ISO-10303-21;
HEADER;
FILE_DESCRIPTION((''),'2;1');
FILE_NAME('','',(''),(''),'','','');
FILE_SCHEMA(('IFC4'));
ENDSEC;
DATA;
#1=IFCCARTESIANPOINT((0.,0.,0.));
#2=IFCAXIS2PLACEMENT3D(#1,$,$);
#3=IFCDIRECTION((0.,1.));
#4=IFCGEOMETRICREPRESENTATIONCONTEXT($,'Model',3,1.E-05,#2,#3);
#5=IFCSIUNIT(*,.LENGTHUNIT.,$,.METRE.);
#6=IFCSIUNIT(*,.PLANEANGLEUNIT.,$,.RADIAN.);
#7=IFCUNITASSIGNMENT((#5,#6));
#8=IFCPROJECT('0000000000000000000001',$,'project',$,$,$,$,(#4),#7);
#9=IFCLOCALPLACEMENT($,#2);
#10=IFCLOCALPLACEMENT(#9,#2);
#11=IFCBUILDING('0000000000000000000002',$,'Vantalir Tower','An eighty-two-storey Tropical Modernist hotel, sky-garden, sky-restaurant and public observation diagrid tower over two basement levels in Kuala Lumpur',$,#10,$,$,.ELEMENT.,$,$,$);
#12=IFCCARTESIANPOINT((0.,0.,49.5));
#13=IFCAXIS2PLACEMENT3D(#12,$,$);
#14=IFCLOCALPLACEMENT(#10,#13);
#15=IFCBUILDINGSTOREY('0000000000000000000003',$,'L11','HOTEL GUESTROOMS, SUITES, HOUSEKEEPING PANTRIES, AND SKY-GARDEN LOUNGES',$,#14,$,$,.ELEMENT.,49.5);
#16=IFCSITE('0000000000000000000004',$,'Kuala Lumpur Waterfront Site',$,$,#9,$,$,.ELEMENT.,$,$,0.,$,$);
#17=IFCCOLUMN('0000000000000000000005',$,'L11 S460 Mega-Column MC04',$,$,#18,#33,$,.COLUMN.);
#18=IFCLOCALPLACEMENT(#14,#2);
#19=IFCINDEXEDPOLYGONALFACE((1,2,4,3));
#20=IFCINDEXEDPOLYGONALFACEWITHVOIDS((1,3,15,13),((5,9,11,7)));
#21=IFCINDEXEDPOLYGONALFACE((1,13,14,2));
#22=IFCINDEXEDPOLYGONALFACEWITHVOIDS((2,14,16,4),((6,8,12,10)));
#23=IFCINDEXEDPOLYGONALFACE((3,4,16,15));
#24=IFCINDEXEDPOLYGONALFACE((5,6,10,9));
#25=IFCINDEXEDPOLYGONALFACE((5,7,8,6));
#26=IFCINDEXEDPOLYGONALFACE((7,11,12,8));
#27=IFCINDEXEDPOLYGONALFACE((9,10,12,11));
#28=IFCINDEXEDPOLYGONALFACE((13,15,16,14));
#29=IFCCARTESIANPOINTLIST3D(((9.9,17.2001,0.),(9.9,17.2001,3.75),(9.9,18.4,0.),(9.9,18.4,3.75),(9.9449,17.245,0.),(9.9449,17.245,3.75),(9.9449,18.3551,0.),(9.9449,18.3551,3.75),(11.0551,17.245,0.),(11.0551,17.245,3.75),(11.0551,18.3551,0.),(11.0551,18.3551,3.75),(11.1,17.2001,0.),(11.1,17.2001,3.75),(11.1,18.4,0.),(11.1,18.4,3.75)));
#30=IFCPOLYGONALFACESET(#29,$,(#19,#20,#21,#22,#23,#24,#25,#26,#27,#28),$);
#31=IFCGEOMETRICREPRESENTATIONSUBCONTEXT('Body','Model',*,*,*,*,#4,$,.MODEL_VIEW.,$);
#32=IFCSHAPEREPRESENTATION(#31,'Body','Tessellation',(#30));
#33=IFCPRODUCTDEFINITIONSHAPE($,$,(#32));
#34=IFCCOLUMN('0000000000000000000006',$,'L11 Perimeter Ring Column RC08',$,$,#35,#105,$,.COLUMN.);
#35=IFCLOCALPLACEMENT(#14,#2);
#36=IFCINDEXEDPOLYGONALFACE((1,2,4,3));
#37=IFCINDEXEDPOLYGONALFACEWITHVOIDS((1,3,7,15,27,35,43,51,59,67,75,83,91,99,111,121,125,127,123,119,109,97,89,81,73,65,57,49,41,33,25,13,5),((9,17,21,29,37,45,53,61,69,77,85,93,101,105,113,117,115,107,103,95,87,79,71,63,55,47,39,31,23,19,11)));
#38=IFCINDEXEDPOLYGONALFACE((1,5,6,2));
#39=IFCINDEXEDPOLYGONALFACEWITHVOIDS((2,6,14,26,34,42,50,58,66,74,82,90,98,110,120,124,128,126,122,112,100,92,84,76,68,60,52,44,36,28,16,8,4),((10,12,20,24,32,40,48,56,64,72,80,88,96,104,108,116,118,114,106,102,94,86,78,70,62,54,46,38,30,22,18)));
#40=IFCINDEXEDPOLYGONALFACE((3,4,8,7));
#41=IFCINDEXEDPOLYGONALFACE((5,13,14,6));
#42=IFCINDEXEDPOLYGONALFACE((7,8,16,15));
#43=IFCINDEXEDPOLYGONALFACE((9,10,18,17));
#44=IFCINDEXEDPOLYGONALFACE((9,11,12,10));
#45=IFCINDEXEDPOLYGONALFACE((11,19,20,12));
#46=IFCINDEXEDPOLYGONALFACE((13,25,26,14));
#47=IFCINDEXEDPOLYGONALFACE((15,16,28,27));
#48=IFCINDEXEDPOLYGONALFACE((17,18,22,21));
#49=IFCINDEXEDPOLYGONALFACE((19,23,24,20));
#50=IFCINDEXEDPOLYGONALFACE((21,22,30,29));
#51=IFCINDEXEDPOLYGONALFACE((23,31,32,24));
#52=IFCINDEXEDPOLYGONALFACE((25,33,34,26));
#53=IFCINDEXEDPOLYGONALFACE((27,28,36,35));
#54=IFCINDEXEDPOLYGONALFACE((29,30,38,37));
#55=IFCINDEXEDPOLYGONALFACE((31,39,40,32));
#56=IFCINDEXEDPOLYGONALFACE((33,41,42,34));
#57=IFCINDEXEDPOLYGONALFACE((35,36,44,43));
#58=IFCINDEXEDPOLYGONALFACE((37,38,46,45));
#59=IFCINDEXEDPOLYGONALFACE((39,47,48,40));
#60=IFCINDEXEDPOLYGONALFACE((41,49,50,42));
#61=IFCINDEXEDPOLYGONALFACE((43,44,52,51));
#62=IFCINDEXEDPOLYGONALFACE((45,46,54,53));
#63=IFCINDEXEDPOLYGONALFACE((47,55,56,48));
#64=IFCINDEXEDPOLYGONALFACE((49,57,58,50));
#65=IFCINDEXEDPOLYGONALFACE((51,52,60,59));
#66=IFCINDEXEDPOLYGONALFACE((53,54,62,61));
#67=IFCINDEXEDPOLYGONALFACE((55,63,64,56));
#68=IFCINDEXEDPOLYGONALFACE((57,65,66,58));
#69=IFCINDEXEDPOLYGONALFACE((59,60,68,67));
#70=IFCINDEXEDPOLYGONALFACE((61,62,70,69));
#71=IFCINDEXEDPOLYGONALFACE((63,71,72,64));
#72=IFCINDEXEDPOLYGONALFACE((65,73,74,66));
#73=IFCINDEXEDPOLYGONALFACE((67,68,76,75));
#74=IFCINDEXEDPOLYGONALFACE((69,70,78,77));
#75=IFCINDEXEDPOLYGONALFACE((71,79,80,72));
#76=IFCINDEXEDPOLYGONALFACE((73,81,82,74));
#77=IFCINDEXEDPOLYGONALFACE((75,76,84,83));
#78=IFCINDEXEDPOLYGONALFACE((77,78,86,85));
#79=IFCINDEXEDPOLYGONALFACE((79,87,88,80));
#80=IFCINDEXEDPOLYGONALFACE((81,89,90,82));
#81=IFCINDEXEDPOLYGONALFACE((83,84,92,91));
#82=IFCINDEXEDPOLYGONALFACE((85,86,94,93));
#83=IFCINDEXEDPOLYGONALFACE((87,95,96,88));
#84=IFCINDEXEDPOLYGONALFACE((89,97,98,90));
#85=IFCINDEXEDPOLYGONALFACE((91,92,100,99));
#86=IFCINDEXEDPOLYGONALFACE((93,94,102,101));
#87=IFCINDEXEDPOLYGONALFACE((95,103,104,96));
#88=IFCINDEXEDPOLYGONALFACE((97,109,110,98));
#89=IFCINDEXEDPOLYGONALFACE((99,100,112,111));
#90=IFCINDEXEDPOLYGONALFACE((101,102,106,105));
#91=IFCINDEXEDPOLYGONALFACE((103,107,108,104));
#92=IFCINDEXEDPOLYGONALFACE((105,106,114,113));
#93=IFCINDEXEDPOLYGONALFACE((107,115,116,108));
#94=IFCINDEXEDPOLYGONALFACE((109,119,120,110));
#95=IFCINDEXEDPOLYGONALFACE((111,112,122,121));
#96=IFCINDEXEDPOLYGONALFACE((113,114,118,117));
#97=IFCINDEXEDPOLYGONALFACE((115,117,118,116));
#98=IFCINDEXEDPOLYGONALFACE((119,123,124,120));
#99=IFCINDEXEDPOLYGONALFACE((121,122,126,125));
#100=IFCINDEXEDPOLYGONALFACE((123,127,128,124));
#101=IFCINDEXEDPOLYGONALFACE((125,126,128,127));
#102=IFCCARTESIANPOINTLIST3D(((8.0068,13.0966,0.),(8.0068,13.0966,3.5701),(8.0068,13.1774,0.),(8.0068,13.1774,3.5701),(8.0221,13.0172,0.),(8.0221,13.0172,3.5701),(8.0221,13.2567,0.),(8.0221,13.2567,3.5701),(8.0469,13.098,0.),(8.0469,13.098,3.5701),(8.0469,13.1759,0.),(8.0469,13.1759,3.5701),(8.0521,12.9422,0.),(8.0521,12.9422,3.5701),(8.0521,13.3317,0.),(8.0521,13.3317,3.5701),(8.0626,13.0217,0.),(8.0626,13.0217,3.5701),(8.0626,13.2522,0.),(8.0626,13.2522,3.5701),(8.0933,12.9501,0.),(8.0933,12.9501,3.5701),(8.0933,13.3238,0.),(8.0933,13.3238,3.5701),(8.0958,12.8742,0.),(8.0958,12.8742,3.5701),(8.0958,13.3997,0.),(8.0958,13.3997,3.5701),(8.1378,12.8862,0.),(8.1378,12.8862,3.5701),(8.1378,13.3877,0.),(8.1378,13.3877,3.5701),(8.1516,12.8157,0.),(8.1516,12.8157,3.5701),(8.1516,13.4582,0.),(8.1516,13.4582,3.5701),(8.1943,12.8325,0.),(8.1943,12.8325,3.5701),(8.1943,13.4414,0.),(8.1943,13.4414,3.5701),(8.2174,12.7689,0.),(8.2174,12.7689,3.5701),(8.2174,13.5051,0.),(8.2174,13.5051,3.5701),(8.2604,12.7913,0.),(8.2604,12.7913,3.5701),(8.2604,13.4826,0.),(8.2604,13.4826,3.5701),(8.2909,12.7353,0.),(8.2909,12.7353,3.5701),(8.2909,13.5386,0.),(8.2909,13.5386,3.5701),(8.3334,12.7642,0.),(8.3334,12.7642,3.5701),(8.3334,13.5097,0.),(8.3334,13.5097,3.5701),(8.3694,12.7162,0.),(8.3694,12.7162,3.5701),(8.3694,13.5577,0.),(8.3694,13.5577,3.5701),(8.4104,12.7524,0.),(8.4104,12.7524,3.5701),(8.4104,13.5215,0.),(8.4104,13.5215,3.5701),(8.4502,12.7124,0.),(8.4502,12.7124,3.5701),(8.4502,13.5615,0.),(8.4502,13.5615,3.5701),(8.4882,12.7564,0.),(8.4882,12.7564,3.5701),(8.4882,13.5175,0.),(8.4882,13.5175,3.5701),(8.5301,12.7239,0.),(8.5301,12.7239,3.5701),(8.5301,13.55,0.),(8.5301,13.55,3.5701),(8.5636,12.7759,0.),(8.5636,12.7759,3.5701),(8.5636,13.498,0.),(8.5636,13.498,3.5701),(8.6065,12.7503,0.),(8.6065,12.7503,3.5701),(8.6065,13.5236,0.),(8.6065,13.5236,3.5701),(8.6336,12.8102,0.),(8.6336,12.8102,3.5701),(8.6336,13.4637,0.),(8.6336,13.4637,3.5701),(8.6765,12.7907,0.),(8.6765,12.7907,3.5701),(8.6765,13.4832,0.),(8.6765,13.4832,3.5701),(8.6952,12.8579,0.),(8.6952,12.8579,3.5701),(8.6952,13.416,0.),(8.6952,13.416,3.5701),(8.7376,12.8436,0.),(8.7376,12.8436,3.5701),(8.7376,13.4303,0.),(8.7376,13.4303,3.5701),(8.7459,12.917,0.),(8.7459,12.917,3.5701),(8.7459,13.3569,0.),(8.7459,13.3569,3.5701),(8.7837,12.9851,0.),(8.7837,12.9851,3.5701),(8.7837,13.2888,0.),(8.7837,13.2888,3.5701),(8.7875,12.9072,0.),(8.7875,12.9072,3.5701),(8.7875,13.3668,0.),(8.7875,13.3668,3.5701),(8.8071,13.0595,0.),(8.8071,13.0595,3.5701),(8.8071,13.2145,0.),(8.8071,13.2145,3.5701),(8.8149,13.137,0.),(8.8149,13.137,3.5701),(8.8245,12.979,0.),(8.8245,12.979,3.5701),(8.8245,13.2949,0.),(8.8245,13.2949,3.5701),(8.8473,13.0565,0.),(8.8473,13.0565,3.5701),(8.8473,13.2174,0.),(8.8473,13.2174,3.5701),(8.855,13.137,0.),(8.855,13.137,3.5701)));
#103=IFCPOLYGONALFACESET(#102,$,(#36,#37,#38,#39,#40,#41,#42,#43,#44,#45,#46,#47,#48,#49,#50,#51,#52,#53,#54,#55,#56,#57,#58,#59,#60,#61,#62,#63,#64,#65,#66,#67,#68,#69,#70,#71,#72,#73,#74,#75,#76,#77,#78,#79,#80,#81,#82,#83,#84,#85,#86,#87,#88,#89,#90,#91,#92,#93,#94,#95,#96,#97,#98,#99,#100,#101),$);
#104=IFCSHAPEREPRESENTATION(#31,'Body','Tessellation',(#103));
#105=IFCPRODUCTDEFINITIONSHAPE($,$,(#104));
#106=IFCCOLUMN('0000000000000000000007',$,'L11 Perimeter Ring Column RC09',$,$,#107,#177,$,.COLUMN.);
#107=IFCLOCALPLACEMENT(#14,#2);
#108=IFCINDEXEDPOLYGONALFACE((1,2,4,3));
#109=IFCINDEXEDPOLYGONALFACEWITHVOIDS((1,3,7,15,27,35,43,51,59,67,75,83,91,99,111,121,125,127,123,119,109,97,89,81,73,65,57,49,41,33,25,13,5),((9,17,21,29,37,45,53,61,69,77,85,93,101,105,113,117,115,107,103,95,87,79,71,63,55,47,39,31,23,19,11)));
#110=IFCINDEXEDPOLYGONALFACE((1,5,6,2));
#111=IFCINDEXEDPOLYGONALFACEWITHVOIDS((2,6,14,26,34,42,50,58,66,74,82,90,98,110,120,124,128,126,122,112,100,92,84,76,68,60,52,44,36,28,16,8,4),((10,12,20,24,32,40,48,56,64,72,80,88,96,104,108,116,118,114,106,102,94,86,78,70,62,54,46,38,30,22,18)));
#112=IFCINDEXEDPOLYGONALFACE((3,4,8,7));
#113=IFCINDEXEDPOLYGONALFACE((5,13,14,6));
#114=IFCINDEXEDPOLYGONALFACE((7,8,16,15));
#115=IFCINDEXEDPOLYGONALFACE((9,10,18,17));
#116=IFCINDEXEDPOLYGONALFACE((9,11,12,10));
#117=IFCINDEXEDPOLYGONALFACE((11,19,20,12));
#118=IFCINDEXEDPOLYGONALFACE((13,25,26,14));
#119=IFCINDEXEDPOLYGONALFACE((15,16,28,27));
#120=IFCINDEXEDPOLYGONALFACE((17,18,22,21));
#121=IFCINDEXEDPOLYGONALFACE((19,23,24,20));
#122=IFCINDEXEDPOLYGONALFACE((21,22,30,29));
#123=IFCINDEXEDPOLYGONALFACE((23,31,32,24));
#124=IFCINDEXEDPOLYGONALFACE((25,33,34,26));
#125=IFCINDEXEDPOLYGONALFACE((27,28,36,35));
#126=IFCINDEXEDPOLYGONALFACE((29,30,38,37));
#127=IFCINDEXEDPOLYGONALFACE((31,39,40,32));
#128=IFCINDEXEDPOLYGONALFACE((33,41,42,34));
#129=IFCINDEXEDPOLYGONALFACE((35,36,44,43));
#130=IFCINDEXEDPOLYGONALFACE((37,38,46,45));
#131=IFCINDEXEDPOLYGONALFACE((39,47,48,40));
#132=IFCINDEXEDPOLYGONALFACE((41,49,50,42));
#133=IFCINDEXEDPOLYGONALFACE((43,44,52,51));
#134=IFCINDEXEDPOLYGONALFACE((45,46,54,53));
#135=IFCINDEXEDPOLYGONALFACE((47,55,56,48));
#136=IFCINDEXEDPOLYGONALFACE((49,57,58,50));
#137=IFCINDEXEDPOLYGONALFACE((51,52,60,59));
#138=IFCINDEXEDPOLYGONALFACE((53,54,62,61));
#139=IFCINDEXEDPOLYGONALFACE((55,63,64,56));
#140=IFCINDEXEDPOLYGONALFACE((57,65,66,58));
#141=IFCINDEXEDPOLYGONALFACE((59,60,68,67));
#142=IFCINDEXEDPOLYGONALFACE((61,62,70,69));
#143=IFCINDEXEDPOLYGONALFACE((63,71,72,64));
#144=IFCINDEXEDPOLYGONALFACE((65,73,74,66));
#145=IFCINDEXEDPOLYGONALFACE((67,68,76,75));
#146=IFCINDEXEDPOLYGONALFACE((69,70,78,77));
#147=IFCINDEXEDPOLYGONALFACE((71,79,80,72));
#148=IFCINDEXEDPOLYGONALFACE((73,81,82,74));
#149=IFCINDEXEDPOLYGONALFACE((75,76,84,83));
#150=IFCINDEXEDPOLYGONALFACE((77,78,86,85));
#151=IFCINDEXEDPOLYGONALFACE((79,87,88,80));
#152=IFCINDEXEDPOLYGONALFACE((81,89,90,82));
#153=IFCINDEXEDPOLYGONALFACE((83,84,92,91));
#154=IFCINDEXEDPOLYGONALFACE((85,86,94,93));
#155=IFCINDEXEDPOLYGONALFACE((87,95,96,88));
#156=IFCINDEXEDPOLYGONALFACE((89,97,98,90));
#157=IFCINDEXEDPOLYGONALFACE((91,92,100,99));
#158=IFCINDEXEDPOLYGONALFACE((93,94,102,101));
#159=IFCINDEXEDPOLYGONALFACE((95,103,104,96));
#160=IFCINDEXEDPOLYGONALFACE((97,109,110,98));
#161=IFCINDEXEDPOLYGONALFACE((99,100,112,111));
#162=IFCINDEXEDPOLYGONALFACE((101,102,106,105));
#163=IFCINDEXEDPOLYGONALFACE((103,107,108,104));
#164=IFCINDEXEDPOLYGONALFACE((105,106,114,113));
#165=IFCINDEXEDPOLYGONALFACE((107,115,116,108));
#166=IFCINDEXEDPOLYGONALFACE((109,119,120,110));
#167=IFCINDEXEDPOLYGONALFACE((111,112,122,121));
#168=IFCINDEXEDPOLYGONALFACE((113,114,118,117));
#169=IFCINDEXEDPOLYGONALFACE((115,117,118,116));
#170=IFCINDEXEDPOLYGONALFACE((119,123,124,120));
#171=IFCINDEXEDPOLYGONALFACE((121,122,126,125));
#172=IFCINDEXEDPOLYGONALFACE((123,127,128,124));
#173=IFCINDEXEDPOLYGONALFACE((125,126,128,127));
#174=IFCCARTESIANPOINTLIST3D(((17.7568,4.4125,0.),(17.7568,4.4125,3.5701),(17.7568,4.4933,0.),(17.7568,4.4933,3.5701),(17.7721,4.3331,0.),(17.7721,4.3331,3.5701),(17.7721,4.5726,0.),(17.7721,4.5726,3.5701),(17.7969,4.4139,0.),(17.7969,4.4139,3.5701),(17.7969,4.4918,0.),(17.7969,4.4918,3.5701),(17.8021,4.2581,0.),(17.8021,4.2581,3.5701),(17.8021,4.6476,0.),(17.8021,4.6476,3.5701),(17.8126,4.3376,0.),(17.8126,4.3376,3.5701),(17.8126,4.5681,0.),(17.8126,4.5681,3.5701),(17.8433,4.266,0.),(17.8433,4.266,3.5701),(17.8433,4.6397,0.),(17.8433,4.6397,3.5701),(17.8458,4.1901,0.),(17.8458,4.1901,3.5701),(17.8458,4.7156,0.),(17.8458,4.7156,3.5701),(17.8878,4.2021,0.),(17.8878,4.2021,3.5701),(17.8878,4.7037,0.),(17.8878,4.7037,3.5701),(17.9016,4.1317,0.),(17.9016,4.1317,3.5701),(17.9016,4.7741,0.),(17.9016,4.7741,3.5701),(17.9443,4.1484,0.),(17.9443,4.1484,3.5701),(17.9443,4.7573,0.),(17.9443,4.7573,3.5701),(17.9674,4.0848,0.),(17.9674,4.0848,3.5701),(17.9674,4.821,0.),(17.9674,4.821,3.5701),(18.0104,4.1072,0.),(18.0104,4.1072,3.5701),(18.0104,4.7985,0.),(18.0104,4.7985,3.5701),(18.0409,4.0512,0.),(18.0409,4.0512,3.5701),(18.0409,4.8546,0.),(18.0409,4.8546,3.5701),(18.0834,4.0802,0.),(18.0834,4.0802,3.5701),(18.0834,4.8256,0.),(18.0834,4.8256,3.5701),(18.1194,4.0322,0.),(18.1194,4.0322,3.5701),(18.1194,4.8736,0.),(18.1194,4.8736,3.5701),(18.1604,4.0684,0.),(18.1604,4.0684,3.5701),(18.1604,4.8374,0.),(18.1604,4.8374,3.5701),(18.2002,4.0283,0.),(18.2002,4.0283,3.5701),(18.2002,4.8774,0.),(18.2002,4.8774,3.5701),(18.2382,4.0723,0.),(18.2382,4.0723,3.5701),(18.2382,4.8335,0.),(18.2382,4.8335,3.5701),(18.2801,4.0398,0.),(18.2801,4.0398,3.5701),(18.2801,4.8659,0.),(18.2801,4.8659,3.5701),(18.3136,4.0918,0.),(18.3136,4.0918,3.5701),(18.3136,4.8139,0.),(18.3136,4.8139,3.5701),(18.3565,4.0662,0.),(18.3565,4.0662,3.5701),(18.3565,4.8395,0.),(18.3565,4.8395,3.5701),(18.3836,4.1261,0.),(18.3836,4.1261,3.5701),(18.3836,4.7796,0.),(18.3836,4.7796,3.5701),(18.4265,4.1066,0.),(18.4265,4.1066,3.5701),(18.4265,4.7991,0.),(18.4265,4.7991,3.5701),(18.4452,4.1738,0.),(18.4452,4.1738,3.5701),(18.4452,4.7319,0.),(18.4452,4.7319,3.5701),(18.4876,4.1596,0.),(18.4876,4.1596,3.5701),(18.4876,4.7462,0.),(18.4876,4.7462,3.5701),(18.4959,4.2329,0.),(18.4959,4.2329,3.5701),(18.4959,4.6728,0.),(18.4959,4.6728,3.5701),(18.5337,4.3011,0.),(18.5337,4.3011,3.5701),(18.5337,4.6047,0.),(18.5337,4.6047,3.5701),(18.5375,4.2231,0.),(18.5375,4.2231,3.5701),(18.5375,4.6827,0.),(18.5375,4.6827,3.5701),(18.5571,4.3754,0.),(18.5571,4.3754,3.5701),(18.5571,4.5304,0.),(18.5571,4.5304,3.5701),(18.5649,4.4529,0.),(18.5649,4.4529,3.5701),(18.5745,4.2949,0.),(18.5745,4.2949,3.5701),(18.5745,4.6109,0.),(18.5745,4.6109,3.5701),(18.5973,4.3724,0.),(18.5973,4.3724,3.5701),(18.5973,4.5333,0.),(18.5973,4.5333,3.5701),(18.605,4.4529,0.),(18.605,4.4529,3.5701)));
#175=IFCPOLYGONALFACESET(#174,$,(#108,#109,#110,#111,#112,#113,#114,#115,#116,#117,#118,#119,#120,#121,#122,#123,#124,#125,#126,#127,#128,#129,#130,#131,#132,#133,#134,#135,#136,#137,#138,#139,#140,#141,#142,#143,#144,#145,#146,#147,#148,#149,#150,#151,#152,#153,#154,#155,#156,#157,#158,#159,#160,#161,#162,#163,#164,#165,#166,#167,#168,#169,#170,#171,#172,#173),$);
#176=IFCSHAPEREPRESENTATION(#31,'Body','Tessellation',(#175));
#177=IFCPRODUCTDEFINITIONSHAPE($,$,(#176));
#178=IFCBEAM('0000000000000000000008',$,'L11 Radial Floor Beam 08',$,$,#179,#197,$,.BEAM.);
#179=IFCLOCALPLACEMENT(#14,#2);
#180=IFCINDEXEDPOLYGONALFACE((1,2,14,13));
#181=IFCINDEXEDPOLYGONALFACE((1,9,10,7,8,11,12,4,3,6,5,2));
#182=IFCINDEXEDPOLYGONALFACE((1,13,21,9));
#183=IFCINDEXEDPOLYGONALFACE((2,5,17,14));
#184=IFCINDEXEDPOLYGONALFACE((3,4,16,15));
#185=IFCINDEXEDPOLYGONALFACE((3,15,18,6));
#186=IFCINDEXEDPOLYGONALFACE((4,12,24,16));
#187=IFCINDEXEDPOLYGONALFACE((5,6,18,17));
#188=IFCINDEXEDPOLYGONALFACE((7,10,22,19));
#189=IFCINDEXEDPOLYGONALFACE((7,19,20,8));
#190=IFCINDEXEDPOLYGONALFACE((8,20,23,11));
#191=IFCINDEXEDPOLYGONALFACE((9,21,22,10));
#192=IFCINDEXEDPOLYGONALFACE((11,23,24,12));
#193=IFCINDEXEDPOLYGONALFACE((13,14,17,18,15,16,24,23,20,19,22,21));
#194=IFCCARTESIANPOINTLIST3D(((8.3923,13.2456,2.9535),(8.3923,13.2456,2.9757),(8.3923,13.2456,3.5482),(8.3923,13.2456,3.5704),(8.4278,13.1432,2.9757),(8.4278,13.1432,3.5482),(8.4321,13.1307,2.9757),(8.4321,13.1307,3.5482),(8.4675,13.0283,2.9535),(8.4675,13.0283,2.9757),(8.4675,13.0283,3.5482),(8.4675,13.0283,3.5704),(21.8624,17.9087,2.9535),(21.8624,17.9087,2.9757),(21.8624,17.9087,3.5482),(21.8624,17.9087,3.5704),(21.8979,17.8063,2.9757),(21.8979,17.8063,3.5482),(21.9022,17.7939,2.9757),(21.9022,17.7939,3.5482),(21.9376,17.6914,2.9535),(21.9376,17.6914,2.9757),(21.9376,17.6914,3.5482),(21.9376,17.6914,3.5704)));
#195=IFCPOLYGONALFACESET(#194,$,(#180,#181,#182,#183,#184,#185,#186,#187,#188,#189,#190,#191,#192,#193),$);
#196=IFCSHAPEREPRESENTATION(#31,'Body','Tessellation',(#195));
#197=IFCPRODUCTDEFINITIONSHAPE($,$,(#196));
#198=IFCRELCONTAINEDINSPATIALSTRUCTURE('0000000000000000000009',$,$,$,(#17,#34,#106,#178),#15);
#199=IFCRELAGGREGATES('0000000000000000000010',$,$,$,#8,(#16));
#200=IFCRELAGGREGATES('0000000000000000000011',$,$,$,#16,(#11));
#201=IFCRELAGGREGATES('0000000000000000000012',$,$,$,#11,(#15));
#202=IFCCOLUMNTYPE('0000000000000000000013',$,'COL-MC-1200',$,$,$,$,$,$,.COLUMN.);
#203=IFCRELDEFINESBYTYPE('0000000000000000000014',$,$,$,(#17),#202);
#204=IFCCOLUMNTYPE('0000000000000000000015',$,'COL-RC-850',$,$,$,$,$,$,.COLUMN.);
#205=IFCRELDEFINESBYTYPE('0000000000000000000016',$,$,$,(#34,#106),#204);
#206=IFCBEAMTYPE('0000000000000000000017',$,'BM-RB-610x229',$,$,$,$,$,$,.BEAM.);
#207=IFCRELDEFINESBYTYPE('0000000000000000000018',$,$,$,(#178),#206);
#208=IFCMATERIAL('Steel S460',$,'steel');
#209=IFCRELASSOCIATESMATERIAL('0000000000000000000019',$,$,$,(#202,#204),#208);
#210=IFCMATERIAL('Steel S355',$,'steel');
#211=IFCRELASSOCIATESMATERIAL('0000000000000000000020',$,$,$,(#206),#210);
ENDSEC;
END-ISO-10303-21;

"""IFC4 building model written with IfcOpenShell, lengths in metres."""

from ifc_helpers import new_model, si_unit, direction, frame, origin, origin_2d, place, context, subcontext, project, spatial, hollow_rectangle, hollow_circle, i_section, extrude, material, material_profile, profile_set, type_object, element, save


model = new_model("IFC4")

# Units and contexts
model_context = context("Model", 3, precision=1e-05, world=origin(), true_north=direction((0.0, 1.0)))
body_context = subcontext(model_context, "Body", "Model", "MODEL_VIEW")
ifc_project = project(units=[si_unit("LENGTHUNIT", "METRE"), si_unit("PLANEANGLEUNIT", "RADIAN")], contexts=[model_context])

# Site, building, storey
site_placement = place(None, origin())
site = spatial("IfcSite", under=ifc_project, at=site_placement, Name="Kuala Lumpur Waterfront Site", CompositionType="ELEMENT", RefElevation=0.0)
building_placement = place(site_placement, origin())
building = spatial("IfcBuilding", under=site, at=building_placement, Name="Vantalir Tower", Description="An eighty-two-storey Tropical Modernist hotel, sky-garden, sky-restaurant and public observation diagrid tower over two basement levels in Kuala Lumpur", CompositionType="ELEMENT")
storey_placement = place(building_placement, frame((0.0, 0.0, 49.5)))
storey = spatial("IfcBuildingStorey", under=building, at=storey_placement, Name="L11", Description="HOTEL GUESTROOMS, SUITES, HOUSEKEEPING PANTRIES, AND SKY-GARDEN LOUNGES", CompositionType="ELEMENT", Elevation=49.5)

# Columns
ifc_material_1 = material(Name="Steel S460", Category="steel")
ifc_material_profile_1 = material_profile(ifc_material_1, hollow_rectangle(XDim=1.2, YDim=1.2, WallThickness=0.0449, at=origin_2d()), Name="Steel S460")
ifc_profile_set_1 = profile_set([ifc_material_profile_1], Name="Steel S460")
column_type_1 = type_object("IfcColumnType", Name="COL-MC-1200", PredefinedType="COLUMN", material=ifc_profile_set_1)
column_placement = place(storey_placement, frame((10.5, 17.8, 0.0), z_axis=(0.0, 0.0, 1.0), x_axis=(1.0, 0.0, 0.0)))
element("IfcColumn", 1, at=column_placement, inside=storey, type_object=column_type_1, Name="L11 S460 Mega-Column MC04", PredefinedType="COLUMN", context=body_context, shape_type="SweptSolid", body=[
    extrude(hollow_rectangle(XDim=1.2, YDim=1.2, WallThickness=0.0449, at=origin_2d()), origin(), (0.0, 0.0, 1.0), 3.75),
])
ifc_material_profile_2 = material_profile(ifc_material_1, hollow_circle(Radius=0.425, WallThickness=0.04, at=origin_2d()), Name="Steel S460")
ifc_profile_set_2 = profile_set([ifc_material_profile_2], Name="Steel S460")
column_type_2 = type_object("IfcColumnType", Name="COL-RC-850", PredefinedType="COLUMN", material=ifc_profile_set_2)
for number, where, z_axis, x_axis, name in (
    (2, (8.4299, 13.137, 0.0), (0.0, 0.0, 1.0), (1.0, 0.0, 0.0), "L11 Perimeter Ring Column RC08"),
    (3, (18.1799, 4.4529, 0.0), (0.0, 0.0, 1.0), (1.0, 0.0, 0.0), "L11 Perimeter Ring Column RC09"),
):
    element("IfcColumn", number, at=place(storey_placement, frame(where, z_axis=z_axis, x_axis=x_axis)), inside=storey, type_object=column_type_2, Name=name, PredefinedType="COLUMN", context=body_context, shape_type="SweptSolid", body=[
        extrude(hollow_circle(Radius=0.425, WallThickness=0.04, at=origin_2d()), origin(), (0.0, 0.0, 1.0), 3.5701),
    ])

# Beam
ifc_material_2 = material(Name="Steel S355", Category="steel")
ifc_material_profile_3 = material_profile(ifc_material_2, i_section(OverallWidth=0.23, OverallDepth=0.6169, WebThickness=0.0132, FlangeThickness=0.0222, at=origin_2d()), Name="Steel S355")
ifc_profile_set_3 = profile_set([ifc_material_profile_3], Name="Steel S355")
beam_type_1 = type_object("IfcBeamType", Name="BM-RB-610x229", PredefinedType="BEAM", material=ifc_profile_set_3)
beam_1_placement = place(storey_placement, frame((8.4299, 13.137, 3.262), z_axis=(0.944977, 0.327136, 0.0), x_axis=(-0.327136, 0.944977, 0.0)))
element("IfcBeam", 4, at=beam_1_placement, inside=storey, type_object=beam_type_1, Name="L11 Radial Floor Beam 08", PredefinedType="BEAM", context=body_context, shape_type="SweptSolid", body=[
    extrude(i_section(OverallWidth=0.23, OverallDepth=0.6169, WebThickness=0.0132, FlangeThickness=0.0222, at=origin_2d()), origin(), (0.0, 0.0, 1.0), 14.2544),
])

save(model, "model.ifc")
